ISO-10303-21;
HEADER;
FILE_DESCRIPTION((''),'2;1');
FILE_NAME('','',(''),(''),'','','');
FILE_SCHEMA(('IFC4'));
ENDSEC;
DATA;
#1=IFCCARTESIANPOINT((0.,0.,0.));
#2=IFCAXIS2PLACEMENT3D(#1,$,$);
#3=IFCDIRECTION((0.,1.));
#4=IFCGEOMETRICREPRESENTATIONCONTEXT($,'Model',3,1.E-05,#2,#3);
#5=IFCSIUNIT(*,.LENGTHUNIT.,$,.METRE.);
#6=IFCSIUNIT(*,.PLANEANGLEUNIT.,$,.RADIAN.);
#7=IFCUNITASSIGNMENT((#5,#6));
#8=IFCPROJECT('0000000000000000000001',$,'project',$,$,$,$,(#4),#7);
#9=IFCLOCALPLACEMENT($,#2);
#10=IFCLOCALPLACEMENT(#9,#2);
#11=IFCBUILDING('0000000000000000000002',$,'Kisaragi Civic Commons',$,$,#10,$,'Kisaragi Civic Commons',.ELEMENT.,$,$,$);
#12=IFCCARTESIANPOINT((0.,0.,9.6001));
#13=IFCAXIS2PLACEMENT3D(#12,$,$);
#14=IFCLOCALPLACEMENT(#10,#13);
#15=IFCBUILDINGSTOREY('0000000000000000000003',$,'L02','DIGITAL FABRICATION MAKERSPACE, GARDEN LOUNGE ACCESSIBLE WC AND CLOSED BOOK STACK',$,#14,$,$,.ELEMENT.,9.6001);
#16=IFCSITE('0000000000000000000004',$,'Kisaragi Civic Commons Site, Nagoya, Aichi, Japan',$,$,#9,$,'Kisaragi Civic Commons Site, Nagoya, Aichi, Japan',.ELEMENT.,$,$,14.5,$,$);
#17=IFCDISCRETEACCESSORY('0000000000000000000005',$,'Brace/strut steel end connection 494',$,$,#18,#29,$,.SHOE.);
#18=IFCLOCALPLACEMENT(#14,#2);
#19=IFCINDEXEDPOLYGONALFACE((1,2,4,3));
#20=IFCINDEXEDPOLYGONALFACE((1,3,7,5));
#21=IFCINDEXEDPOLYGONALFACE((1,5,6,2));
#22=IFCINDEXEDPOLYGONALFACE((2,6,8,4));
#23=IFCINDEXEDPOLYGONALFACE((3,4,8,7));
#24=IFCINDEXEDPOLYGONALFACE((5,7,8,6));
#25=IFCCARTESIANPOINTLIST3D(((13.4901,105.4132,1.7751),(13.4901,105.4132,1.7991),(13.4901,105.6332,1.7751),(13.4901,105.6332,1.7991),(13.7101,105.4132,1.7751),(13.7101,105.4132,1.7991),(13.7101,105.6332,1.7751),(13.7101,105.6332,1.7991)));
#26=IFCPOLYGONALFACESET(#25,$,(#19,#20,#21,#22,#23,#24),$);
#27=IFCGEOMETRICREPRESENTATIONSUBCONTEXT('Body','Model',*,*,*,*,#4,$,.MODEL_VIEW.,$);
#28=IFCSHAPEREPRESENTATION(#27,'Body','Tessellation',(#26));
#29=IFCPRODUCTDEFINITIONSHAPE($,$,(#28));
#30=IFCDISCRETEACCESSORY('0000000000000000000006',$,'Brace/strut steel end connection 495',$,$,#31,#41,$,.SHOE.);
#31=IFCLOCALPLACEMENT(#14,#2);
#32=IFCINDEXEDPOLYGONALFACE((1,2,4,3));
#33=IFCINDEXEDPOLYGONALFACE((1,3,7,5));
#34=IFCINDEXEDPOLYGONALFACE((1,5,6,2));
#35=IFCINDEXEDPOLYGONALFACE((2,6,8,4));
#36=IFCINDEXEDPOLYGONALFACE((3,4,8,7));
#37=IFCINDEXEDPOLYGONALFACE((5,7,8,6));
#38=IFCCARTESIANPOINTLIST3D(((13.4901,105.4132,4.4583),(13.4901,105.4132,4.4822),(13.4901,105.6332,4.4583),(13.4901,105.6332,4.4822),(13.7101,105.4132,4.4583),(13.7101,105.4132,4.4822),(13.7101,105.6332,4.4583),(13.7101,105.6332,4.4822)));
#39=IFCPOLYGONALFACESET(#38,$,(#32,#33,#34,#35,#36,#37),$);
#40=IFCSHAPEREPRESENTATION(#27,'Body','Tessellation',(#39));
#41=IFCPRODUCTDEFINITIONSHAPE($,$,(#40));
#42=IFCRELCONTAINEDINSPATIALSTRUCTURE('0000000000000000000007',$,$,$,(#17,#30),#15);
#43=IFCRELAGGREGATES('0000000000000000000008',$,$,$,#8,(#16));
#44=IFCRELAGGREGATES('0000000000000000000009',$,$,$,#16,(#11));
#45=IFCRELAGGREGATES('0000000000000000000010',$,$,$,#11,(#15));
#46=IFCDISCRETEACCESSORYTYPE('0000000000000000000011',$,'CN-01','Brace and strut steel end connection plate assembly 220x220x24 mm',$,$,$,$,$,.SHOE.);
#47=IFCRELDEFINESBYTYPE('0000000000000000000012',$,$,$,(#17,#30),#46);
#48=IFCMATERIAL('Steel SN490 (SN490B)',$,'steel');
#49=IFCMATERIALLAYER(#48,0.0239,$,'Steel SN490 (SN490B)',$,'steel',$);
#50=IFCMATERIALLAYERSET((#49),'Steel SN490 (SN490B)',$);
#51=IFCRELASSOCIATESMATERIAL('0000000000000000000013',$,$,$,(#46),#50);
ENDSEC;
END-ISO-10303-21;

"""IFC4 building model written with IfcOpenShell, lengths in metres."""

from ifc_helpers import new_model, si_unit, direction, frame, origin, origin_2d, place, context, subcontext, project, spatial, rectangle, extrude, material, layer, layer_set, type_object, element, save


model = new_model("IFC4")

# Units and contexts
model_context = context("Model", 3, precision=1e-05, world=origin(), true_north=direction((0.0, 1.0)))
body_context = subcontext(model_context, "Body", "Model", "MODEL_VIEW")
ifc_project = project(units=[si_unit("LENGTHUNIT", "METRE"), si_unit("PLANEANGLEUNIT", "RADIAN")], contexts=[model_context])

# Site, building, storey
site_placement = place(None, origin())
site = spatial("IfcSite", under=ifc_project, at=site_placement, Name="Kisaragi Civic Commons Site, Nagoya, Aichi, Japan", LongName="Kisaragi Civic Commons Site, Nagoya, Aichi, Japan", CompositionType="ELEMENT", RefElevation=14.5)
building_placement = place(site_placement, origin())
building = spatial("IfcBuilding", under=site, at=building_placement, Name="Kisaragi Civic Commons", LongName="Kisaragi Civic Commons", CompositionType="ELEMENT")
storey_placement = place(building_placement, frame((0.0, 0.0, 9.6001)))
storey = spatial("IfcBuildingStorey", under=building, at=storey_placement, Name="L02", Description="DIGITAL FABRICATION MAKERSPACE, GARDEN LOUNGE ACCESSIBLE WC AND CLOSED BOOK STACK", CompositionType="ELEMENT", Elevation=9.6001)

# Shared definitions
ifc_material_1 = material(Name="Steel SN490 (SN490B)", Category="steel")

# Discrete accessories
ifc_layer_1 = layer(ifc_material_1, 0.0239, Name="Steel SN490 (SN490B)", Category="steel")
ifc_layer_set_1 = layer_set([ifc_layer_1], Name="Steel SN490 (SN490B)")
discrete_accessory_type = type_object("IfcDiscreteAccessoryType", Name="CN-01", Description="Brace and strut steel end connection plate assembly 220x220x24 mm", PredefinedType="SHOE", material=ifc_layer_set_1)
for number, where, z_axis, x_axis, name in (
    (1, (13.6001, 105.5232, 1.7751), (0.0, 0.0, 1.0), (1.0, 0.0, 0.0), "Brace/strut steel end connection 494"),
    (2, (13.6001, 105.5232, 4.4583), (0.0, 0.0, 1.0), (1.0, 0.0, 0.0), "Brace/strut steel end connection 495"),
):
    element("IfcDiscreteAccessory", number, at=place(storey_placement, frame(where, z_axis=z_axis, x_axis=x_axis)), inside=storey, type_object=discrete_accessory_type, Name=name, PredefinedType="SHOE", context=body_context, shape_type="SweptSolid", body=[
        extrude(rectangle(XDim=0.22, YDim=0.22, at=origin_2d()), origin(), (0.0, 0.0, 1.0), 0.0239),
    ])

save(model, "model.ifc")
